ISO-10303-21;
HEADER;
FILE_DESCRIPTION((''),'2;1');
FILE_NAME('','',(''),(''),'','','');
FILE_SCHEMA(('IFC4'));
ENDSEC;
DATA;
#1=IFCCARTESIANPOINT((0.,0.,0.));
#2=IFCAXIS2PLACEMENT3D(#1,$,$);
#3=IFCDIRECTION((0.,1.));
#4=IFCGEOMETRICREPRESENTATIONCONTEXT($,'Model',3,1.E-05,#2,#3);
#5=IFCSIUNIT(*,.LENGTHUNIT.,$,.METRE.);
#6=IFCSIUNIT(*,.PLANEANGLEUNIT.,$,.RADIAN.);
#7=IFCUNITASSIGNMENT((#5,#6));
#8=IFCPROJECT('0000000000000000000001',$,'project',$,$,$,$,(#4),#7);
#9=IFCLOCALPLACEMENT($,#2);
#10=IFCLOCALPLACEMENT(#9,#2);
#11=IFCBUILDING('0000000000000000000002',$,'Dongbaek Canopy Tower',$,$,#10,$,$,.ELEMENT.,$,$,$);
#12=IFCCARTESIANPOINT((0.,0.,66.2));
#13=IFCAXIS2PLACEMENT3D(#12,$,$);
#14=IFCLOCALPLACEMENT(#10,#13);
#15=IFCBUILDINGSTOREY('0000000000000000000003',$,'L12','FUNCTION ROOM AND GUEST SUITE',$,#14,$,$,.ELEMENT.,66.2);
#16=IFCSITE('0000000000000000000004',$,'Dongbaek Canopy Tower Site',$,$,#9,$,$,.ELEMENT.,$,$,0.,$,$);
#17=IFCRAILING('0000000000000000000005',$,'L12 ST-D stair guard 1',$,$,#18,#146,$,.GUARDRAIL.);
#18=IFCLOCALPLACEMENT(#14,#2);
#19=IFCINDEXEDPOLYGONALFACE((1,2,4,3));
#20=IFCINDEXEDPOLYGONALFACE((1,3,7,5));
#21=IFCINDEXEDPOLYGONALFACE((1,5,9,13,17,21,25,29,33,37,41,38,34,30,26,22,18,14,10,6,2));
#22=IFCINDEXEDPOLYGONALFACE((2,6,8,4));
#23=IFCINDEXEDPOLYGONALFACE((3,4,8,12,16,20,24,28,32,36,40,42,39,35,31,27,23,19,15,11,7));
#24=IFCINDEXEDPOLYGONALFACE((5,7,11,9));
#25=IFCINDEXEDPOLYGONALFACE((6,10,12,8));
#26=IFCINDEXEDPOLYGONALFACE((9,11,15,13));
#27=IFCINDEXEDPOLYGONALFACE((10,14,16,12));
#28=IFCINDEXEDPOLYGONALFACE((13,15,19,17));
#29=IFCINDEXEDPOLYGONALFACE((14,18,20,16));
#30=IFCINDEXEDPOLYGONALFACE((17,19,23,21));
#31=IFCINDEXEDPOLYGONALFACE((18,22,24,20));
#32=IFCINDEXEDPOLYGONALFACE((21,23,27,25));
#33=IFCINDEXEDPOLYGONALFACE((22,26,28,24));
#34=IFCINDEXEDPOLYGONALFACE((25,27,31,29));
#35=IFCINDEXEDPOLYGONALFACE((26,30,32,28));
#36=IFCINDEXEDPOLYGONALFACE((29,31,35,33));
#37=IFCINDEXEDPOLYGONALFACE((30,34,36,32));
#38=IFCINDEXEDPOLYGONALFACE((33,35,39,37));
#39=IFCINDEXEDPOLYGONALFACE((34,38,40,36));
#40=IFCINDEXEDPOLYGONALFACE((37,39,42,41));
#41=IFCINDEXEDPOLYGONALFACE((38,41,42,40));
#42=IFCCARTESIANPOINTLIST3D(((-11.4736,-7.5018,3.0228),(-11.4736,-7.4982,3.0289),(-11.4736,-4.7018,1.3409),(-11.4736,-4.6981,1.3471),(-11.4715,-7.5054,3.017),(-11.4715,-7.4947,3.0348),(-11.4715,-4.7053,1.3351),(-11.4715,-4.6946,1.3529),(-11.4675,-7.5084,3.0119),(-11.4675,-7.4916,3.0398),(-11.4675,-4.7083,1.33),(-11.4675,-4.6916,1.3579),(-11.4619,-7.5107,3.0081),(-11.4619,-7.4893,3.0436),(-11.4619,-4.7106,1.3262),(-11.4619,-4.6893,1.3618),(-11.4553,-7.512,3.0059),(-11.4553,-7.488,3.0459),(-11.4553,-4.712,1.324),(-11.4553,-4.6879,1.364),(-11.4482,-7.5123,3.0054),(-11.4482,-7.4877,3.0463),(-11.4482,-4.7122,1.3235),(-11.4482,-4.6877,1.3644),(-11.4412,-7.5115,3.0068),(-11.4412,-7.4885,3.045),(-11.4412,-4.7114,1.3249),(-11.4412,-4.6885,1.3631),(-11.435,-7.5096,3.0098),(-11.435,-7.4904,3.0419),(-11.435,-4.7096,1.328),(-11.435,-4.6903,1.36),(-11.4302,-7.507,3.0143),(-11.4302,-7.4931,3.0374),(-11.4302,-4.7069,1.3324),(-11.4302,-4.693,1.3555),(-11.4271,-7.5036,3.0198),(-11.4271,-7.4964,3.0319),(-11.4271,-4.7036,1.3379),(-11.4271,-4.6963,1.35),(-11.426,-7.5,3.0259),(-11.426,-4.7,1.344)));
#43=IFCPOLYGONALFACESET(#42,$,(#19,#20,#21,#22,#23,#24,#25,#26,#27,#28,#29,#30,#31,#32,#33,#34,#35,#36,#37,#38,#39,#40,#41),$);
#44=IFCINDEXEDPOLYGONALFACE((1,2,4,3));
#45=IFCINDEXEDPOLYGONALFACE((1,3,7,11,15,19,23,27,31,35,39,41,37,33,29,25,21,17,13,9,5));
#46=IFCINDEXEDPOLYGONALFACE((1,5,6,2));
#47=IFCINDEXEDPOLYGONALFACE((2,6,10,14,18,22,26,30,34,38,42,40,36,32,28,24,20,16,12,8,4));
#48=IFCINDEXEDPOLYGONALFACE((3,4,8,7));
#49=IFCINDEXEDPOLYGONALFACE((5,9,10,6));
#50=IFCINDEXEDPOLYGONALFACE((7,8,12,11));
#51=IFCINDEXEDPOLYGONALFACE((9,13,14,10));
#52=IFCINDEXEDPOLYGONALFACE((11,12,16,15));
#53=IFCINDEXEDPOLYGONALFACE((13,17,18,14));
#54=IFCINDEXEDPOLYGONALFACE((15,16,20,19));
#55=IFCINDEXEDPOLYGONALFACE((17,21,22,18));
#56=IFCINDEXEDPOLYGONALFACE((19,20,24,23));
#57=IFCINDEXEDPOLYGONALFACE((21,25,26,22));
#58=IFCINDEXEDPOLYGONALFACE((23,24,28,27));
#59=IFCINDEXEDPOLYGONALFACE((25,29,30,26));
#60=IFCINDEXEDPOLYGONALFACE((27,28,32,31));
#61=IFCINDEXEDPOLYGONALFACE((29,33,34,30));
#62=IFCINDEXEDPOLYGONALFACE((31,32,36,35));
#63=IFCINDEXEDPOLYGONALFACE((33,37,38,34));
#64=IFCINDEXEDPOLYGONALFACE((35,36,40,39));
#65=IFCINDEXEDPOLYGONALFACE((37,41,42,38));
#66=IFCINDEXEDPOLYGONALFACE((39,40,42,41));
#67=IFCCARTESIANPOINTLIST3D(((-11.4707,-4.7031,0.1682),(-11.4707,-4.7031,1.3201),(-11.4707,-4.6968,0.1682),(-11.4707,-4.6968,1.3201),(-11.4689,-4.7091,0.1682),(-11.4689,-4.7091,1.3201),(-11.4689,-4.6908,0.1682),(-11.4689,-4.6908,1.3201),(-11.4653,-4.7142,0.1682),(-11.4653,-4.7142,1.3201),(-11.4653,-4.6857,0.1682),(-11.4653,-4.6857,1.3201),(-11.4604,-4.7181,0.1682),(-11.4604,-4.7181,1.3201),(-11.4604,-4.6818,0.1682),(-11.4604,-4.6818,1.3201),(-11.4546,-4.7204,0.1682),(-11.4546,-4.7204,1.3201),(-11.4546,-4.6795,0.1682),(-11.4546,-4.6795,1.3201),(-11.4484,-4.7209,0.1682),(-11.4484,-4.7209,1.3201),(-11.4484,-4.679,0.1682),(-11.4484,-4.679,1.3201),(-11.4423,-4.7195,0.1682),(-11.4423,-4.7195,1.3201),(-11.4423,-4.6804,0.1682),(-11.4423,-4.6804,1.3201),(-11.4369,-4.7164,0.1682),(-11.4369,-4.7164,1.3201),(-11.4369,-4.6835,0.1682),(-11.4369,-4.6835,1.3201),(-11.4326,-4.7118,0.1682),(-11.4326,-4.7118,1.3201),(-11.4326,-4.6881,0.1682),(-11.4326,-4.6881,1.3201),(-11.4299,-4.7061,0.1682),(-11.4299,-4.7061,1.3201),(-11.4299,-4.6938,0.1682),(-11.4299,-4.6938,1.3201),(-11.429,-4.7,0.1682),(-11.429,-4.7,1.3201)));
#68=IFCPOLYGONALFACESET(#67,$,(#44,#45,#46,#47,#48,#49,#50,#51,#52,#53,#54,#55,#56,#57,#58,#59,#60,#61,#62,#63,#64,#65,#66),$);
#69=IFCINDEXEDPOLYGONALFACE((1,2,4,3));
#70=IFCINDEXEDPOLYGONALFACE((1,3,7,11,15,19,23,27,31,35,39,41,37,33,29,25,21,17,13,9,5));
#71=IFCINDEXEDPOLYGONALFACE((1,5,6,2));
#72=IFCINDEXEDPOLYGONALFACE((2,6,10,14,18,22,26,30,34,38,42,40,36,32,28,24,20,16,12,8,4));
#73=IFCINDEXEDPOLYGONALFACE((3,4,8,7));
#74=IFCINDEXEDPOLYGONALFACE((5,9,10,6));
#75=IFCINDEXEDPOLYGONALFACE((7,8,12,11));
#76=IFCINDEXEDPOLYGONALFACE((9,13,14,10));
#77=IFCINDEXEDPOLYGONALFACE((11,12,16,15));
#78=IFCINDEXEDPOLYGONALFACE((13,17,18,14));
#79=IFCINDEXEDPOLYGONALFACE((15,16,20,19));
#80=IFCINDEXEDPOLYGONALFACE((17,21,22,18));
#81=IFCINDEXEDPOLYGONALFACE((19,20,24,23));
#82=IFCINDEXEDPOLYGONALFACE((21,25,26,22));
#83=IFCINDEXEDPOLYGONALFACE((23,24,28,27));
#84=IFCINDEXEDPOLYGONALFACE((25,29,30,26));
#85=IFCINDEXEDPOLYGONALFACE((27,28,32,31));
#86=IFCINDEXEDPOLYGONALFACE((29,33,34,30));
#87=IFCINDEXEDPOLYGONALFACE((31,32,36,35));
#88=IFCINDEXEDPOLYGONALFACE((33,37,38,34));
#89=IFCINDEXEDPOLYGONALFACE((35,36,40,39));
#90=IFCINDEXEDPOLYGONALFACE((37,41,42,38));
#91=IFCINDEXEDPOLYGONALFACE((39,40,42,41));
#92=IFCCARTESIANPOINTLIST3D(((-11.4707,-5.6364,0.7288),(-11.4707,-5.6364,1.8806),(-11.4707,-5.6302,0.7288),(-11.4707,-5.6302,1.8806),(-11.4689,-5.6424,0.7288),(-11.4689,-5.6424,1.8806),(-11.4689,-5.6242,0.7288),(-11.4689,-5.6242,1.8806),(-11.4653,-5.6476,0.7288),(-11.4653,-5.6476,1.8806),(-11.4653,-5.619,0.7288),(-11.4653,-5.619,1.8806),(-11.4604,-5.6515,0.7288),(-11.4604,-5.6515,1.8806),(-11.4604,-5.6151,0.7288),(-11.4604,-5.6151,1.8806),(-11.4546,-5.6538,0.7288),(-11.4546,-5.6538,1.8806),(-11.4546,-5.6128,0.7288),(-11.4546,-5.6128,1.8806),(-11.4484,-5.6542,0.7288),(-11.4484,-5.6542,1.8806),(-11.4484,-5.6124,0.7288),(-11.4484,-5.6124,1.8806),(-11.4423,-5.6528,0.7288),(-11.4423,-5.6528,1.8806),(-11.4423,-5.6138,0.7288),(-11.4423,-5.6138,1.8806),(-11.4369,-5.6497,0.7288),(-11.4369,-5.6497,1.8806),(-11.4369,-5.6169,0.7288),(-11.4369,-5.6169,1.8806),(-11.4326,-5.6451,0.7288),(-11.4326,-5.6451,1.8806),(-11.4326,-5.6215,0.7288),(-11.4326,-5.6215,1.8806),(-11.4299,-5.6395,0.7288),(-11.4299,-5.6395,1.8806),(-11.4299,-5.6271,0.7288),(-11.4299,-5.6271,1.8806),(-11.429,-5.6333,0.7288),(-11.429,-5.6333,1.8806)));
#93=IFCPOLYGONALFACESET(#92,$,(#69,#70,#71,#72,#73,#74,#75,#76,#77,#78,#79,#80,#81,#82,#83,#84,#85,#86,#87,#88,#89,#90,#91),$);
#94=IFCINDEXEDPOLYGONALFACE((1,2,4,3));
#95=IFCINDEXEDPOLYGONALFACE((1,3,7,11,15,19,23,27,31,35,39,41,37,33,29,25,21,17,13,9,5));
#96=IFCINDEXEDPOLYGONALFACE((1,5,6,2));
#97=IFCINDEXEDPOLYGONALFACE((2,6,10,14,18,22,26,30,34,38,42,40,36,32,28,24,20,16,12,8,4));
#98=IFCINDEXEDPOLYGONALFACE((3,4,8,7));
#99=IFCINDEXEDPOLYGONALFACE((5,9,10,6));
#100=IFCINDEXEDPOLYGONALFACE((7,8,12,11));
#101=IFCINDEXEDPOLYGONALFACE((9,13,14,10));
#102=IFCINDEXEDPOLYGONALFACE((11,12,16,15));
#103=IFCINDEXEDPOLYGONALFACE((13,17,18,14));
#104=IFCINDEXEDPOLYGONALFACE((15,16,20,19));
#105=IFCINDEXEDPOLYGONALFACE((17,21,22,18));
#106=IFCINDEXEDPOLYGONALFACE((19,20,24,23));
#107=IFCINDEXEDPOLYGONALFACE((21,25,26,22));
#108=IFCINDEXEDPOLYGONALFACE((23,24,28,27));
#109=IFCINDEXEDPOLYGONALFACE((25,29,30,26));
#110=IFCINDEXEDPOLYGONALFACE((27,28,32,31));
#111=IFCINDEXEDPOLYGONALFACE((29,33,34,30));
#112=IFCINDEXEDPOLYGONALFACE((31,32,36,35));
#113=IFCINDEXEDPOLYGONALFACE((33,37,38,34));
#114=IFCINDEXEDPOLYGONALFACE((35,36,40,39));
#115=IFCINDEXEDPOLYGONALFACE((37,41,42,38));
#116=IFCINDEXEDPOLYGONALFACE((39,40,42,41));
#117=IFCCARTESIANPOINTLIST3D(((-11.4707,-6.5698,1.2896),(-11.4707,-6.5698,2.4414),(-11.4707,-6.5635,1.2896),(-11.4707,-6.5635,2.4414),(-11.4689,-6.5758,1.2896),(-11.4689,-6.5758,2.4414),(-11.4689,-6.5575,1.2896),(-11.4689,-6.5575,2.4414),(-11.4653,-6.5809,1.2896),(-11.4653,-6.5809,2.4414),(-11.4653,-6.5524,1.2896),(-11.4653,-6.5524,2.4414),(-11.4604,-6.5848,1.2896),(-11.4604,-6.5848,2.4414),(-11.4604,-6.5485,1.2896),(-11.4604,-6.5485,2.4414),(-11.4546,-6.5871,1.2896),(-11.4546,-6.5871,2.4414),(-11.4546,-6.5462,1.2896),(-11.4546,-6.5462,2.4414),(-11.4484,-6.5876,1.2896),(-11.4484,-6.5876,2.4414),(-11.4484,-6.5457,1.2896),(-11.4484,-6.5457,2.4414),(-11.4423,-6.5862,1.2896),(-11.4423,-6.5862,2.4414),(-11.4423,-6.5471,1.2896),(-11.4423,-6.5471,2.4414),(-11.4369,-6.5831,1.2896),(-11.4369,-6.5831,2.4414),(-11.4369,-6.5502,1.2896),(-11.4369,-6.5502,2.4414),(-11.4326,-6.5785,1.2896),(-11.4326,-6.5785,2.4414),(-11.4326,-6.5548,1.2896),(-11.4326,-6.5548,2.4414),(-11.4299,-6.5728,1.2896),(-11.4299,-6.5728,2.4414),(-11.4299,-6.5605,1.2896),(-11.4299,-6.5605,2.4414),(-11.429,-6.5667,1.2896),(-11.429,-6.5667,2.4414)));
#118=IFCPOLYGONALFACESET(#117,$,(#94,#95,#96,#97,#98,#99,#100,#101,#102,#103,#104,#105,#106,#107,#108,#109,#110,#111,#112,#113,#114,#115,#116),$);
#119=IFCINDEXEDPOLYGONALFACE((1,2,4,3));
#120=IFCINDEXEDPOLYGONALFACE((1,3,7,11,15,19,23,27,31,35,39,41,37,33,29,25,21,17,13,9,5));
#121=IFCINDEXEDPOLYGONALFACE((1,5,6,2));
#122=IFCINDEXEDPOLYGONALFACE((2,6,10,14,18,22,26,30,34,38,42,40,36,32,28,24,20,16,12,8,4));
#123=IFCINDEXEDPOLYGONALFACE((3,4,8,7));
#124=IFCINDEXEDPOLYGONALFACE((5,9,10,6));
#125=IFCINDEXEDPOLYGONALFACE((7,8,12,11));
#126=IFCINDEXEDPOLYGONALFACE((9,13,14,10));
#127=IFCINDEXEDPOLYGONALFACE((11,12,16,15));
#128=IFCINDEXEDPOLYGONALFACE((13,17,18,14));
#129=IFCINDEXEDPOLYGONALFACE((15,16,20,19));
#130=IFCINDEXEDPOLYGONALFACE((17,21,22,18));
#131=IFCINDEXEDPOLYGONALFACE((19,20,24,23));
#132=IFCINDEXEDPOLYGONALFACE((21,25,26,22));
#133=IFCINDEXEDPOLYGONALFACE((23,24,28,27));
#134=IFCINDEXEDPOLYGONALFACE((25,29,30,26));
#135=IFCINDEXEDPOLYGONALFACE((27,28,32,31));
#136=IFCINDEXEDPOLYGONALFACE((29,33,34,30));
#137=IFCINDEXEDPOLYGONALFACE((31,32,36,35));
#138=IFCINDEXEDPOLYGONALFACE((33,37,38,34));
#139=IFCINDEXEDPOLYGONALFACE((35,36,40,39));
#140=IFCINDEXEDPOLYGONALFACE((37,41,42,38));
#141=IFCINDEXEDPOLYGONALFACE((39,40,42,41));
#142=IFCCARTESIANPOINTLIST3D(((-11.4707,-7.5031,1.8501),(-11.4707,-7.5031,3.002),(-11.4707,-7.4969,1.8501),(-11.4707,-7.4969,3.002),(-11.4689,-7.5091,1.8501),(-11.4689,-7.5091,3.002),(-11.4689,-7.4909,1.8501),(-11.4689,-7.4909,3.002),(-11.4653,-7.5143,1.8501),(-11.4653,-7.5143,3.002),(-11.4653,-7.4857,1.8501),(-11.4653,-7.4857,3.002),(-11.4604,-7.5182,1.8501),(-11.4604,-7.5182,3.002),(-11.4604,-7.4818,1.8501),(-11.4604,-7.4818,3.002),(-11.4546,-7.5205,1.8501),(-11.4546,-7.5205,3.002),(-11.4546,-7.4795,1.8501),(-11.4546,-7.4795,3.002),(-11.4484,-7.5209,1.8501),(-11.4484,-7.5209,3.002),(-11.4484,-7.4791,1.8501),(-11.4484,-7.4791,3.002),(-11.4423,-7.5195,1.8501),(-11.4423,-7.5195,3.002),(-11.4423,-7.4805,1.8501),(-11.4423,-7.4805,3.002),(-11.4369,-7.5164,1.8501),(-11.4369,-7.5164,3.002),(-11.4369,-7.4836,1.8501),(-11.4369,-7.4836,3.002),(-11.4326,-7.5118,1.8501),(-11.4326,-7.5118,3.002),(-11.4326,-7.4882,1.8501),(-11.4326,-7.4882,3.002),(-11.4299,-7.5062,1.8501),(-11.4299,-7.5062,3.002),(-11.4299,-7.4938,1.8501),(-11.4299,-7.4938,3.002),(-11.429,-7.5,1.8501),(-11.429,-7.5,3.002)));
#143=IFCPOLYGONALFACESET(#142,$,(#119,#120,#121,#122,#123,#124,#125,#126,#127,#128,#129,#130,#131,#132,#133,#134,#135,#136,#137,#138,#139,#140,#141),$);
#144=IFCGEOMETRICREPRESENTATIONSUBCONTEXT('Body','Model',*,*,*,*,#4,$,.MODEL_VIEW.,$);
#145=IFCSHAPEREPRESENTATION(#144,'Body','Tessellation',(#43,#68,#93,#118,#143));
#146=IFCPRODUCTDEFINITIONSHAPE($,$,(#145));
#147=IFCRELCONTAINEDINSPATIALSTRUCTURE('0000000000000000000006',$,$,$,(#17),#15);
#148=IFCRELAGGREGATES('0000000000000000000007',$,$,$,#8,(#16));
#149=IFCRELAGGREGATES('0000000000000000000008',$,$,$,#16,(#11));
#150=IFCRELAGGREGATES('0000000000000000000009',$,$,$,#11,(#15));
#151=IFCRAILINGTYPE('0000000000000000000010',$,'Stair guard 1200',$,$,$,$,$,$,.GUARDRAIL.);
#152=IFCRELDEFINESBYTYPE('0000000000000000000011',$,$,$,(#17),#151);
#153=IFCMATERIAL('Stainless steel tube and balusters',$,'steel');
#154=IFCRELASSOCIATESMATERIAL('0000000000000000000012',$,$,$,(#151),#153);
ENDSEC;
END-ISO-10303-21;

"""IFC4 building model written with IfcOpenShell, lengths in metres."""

from ifc_helpers import new_model, si_unit, direction, frame, origin, origin_2d, place, context, subcontext, project, spatial, circle, extrude, material, type_object, element, save


model = new_model("IFC4")

# Units and contexts
model_context = context("Model", 3, precision=1e-05, world=origin(), true_north=direction((0.0, 1.0)))
body_context = subcontext(model_context, "Body", "Model", "MODEL_VIEW")
ifc_project = project(units=[si_unit("LENGTHUNIT", "METRE"), si_unit("PLANEANGLEUNIT", "RADIAN")], contexts=[model_context])

# Site, building, storey
site_placement = place(None, origin())
site = spatial("IfcSite", under=ifc_project, at=site_placement, Name="Dongbaek Canopy Tower Site", CompositionType="ELEMENT", RefElevation=0.0)
building_placement = place(site_placement, origin())
building = spatial("IfcBuilding", under=site, at=building_placement, Name="Dongbaek Canopy Tower", CompositionType="ELEMENT")
storey_placement = place(building_placement, frame((0.0, 0.0, 66.2)))
storey = spatial("IfcBuildingStorey", under=building, at=storey_placement, Name="L12", Description="FUNCTION ROOM AND GUEST SUITE", CompositionType="ELEMENT", Elevation=66.2)

# Railing
ifc_material_1 = material(Name="Stainless steel tube and balusters", Category="steel")
railing_type_1 = type_object("IfcRailingType", Name="Stair guard 1200", PredefinedType="GUARDRAIL", material=ifc_material_1)
railing_1_placement = place(storey_placement, frame((-11.45, -4.7, 0.1682)))
element("IfcRailing", 1, at=railing_1_placement, inside=storey, type_object=railing_type_1, Name="L12 ST-D stair guard 1", PredefinedType="GUARDRAIL", context=body_context, shape_type="SweptSolid", body=[
    extrude(circle(Radius=0.0239, at=origin_2d()), frame((0.0, 0.0, 1.1758), z_axis=(0.0, -0.857242, 0.514913), x_axis=(1.0, 0.0, 0.0)), (0.0, 0.0, 1.0), 3.2664),
    extrude(circle(Radius=0.021, at=origin_2d()), origin(), (0.0, 0.0, 1.0), 1.1519),
    extrude(circle(Radius=0.021, at=origin_2d()), frame((0.0, -0.9333, 0.5605)), (0.0, 0.0, 1.0), 1.1519),
    extrude(circle(Radius=0.021, at=origin_2d()), frame((0.0, -1.8667, 1.1213)), (0.0, 0.0, 1.0), 1.1519),
    extrude(circle(Radius=0.021, at=origin_2d()), frame((0.0, -2.8, 1.6819)), (0.0, 0.0, 1.0), 1.1519),
])

save(model, "model.ifc")
